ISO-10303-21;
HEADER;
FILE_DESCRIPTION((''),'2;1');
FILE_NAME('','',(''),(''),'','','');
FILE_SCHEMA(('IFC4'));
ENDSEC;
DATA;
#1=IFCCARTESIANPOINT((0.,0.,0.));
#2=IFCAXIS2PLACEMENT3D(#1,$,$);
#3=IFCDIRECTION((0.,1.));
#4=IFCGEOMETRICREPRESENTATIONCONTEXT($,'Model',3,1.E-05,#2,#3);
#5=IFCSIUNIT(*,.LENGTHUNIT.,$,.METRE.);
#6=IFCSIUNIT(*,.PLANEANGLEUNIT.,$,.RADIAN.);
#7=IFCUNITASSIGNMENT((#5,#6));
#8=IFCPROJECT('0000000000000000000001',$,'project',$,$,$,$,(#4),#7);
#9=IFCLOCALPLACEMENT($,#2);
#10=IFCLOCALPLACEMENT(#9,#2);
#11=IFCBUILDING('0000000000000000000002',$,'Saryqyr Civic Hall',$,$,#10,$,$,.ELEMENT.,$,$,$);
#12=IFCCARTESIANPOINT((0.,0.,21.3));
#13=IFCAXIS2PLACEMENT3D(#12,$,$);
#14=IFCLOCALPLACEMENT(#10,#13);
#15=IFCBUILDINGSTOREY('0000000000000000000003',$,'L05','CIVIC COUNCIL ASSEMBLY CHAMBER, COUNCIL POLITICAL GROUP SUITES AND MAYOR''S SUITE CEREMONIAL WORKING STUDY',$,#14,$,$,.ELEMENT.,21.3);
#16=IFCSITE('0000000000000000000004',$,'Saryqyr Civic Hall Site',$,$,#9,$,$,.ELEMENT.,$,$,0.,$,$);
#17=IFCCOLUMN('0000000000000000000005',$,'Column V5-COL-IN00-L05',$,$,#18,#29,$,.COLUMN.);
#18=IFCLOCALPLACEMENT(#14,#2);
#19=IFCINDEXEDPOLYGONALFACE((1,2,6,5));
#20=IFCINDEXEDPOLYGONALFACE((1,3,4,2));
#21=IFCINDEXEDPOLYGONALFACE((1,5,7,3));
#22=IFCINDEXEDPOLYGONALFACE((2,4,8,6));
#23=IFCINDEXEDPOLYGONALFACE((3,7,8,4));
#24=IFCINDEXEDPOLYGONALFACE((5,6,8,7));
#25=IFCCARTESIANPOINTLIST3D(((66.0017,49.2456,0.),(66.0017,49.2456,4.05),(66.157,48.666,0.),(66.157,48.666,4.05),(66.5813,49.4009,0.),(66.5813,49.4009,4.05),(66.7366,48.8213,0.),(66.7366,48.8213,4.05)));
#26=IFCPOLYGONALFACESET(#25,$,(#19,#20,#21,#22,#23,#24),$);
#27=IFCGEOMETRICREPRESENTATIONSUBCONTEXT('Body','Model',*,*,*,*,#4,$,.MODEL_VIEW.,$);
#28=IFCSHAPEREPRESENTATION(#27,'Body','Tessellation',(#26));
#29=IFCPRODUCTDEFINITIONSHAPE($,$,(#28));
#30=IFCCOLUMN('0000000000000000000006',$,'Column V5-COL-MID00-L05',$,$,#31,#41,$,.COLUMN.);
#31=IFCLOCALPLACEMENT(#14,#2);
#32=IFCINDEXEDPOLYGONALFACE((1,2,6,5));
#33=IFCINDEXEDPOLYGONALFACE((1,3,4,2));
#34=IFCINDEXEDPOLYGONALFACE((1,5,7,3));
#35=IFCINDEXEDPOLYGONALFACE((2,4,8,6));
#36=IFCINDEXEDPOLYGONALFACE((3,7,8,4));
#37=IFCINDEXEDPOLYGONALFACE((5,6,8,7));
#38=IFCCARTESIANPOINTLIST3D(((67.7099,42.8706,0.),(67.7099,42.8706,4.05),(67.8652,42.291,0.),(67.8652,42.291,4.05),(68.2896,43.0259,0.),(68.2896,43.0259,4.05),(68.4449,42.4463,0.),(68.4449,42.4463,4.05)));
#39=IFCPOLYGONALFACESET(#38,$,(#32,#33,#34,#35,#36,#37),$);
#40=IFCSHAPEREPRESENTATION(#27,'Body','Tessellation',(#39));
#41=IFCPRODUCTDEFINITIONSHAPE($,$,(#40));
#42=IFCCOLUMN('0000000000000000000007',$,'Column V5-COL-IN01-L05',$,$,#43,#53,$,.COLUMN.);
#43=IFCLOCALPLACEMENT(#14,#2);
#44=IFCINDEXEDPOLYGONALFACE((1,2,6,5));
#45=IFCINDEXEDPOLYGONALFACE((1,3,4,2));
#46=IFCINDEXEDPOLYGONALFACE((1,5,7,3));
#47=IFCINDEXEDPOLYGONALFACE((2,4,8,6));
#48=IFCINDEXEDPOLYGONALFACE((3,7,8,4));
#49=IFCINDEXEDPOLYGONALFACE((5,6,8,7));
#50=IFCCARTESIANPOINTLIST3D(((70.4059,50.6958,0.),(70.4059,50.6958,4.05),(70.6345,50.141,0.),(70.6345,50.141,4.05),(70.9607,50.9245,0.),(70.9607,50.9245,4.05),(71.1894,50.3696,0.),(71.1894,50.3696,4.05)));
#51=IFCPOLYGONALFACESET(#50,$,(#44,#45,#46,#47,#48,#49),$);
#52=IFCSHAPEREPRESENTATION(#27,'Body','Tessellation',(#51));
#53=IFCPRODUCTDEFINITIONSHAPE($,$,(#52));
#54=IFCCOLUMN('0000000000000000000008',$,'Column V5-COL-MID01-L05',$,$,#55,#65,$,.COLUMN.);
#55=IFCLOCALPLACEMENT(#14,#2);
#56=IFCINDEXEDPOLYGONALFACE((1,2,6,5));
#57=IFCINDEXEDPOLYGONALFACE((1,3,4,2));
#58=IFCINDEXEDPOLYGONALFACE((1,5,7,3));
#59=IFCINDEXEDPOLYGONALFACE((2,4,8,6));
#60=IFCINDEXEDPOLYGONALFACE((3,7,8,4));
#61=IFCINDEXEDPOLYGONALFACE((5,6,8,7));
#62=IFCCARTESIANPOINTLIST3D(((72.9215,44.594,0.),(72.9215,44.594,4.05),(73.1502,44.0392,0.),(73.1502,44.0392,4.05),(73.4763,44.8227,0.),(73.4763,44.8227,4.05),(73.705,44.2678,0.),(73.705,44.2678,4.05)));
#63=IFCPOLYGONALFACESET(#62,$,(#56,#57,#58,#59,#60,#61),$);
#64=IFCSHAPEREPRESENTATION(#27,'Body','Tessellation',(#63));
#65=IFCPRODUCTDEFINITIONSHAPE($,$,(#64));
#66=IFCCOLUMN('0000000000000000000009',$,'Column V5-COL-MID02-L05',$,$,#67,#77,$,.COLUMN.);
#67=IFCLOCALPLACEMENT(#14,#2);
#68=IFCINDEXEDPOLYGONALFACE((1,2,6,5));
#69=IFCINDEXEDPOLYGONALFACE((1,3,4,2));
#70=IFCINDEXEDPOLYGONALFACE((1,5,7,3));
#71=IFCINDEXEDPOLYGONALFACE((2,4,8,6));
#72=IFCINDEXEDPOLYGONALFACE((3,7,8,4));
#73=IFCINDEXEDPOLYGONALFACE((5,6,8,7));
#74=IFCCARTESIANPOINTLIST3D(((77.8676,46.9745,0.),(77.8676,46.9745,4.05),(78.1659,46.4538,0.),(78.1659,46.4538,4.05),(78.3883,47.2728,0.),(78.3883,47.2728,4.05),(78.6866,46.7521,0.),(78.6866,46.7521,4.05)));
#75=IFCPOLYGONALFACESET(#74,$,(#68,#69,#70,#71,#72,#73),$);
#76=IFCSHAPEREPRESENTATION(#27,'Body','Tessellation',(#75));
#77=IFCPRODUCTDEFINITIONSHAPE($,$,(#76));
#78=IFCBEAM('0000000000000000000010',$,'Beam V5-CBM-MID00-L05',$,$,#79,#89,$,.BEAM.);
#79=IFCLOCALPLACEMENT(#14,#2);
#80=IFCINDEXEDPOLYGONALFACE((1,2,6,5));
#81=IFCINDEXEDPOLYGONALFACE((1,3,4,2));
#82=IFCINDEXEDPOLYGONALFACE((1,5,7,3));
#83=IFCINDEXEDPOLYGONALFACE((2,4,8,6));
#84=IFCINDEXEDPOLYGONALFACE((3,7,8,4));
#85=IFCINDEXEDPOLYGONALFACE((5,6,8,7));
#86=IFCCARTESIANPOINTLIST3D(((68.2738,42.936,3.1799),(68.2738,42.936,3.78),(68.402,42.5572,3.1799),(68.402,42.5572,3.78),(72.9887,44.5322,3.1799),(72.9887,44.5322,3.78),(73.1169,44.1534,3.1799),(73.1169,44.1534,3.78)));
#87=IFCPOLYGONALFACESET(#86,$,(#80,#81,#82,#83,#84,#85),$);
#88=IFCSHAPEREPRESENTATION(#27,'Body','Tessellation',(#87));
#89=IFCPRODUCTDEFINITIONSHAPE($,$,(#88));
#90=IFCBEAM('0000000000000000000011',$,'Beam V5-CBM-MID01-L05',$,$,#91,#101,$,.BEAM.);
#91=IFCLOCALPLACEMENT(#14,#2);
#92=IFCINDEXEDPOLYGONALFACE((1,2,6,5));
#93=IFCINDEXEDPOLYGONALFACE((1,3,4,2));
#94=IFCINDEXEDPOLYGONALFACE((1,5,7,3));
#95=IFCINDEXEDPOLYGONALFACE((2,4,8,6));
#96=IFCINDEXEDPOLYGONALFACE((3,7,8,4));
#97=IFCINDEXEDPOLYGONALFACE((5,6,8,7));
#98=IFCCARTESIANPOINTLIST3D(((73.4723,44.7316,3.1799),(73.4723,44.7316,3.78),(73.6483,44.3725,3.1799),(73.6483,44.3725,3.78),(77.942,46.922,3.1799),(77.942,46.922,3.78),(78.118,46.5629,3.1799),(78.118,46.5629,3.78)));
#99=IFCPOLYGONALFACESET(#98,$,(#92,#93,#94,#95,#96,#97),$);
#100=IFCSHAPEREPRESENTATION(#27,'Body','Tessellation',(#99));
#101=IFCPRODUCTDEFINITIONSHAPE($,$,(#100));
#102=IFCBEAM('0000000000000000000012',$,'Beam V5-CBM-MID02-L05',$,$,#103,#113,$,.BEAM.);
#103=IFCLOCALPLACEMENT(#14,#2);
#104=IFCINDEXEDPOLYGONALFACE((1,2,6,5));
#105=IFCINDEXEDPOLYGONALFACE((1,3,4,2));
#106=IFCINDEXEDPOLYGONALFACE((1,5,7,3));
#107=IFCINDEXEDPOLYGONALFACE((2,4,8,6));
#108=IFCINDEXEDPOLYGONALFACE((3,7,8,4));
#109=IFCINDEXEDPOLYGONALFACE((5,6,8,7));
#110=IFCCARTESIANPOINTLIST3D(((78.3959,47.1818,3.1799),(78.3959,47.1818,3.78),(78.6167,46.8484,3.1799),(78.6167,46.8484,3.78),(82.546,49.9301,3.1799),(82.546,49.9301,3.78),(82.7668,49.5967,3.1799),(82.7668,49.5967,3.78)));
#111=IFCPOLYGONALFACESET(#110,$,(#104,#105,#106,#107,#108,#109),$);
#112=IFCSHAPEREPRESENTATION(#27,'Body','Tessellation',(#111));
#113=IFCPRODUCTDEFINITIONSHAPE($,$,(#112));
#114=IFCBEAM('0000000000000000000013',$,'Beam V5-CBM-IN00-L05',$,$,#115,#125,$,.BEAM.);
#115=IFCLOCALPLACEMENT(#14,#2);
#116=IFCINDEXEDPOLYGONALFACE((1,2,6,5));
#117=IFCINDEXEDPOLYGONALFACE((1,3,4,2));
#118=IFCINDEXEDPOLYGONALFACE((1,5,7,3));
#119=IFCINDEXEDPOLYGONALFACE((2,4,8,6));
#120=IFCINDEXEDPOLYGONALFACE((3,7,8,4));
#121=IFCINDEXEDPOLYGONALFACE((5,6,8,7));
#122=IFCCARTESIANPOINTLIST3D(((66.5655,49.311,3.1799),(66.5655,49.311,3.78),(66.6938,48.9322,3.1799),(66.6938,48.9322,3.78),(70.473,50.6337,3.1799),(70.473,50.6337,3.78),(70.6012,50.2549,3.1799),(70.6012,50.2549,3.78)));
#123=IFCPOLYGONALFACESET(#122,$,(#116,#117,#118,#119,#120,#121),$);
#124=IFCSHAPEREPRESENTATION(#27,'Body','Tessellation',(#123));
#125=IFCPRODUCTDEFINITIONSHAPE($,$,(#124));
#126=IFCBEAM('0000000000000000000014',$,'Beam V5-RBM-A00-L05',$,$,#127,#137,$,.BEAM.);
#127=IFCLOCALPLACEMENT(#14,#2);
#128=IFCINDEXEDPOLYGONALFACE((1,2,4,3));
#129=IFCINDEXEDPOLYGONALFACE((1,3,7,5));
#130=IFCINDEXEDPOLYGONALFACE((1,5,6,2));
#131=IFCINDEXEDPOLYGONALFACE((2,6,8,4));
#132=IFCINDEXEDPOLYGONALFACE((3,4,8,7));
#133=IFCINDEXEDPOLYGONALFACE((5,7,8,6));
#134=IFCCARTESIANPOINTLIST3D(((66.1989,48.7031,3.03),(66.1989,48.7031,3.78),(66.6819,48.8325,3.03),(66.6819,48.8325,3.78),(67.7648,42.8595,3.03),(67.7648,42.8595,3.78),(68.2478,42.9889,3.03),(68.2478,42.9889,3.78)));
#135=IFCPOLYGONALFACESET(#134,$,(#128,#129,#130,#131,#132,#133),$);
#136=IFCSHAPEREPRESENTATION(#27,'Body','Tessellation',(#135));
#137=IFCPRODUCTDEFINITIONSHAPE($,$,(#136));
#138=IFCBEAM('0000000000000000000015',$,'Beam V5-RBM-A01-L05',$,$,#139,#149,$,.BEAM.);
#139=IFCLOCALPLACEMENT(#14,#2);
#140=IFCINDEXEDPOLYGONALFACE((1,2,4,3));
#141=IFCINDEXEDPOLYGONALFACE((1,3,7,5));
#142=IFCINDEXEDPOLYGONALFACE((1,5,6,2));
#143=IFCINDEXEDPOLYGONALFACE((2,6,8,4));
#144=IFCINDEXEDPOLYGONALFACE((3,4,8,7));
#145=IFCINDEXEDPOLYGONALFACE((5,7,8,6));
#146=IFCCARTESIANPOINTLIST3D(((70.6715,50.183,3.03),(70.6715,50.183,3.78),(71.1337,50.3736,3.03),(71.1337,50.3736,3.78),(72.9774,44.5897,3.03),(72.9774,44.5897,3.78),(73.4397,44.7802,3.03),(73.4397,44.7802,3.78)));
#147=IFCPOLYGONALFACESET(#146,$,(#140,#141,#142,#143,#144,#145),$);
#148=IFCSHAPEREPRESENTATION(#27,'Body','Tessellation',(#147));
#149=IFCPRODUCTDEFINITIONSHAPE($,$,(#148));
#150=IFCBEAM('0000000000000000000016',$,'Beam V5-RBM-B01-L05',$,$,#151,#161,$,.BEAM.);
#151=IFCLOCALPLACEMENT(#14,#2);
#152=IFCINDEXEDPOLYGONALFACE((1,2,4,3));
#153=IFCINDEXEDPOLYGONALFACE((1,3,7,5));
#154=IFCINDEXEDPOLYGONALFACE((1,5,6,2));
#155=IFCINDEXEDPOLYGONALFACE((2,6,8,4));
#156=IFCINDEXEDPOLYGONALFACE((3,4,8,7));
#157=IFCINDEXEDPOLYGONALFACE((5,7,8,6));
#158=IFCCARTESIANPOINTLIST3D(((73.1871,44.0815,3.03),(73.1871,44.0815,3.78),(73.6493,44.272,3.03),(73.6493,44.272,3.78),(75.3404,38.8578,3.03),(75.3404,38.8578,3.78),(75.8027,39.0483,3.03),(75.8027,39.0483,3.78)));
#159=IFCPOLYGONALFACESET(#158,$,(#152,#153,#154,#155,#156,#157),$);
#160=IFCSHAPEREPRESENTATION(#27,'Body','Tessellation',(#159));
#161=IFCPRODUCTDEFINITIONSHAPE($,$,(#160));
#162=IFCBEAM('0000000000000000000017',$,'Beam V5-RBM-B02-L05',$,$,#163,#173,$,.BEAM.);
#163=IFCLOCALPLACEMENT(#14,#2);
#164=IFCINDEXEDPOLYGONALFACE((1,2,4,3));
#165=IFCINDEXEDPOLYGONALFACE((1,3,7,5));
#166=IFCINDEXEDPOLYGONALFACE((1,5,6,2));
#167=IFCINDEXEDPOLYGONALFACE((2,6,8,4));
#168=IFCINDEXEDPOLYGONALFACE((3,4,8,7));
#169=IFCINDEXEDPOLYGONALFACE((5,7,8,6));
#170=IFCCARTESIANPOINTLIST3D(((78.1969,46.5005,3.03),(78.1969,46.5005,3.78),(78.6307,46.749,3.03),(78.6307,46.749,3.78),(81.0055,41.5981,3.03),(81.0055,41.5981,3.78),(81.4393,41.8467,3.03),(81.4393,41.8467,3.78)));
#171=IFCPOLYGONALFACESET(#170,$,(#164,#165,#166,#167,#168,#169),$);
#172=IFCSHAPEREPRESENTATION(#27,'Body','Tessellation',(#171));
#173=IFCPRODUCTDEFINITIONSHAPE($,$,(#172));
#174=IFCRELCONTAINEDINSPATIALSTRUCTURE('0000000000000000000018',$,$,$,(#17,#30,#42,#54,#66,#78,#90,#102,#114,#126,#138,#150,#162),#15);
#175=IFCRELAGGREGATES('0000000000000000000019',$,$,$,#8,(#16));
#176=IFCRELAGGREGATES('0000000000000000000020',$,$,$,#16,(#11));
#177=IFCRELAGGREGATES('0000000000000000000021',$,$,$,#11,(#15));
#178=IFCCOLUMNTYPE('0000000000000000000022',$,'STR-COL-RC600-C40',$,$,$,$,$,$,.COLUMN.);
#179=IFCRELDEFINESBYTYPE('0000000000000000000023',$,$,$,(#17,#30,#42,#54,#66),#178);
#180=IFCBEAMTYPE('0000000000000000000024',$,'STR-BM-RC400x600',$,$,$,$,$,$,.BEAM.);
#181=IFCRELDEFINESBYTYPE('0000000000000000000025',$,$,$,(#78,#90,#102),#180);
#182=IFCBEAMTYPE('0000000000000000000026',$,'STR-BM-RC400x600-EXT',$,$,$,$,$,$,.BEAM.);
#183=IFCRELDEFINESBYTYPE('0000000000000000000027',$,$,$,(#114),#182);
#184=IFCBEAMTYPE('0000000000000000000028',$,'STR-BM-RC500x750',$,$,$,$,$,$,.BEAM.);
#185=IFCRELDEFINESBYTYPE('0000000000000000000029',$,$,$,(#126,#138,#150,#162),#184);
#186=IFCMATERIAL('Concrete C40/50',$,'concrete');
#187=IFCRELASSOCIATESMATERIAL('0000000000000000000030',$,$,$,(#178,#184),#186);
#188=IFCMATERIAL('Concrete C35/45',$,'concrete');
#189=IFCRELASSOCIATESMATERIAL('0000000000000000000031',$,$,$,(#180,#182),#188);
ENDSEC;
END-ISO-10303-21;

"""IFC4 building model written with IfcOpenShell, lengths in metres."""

from ifc_helpers import new_model, si_unit, direction, frame, origin, origin_2d, place, context, subcontext, project, spatial, rectangle, extrude, material, material_profile, profile_set, type_object, element, save


model = new_model("IFC4")

# Units and contexts
model_context = context("Model", 3, precision=1e-05, world=origin(), true_north=direction((0.0, 1.0)))
body_context = subcontext(model_context, "Body", "Model", "MODEL_VIEW")
ifc_project = project(units=[si_unit("LENGTHUNIT", "METRE"), si_unit("PLANEANGLEUNIT", "RADIAN")], contexts=[model_context])

# Site, building, storey
site_placement = place(None, origin())
site = spatial("IfcSite", under=ifc_project, at=site_placement, Name="Saryqyr Civic Hall Site", CompositionType="ELEMENT", RefElevation=0.0)
building_placement = place(site_placement, origin())
building = spatial("IfcBuilding", under=site, at=building_placement, Name="Saryqyr Civic Hall", CompositionType="ELEMENT")
storey_placement = place(building_placement, frame((0.0, 0.0, 21.3)))
storey = spatial("IfcBuildingStorey", under=building, at=storey_placement, Name="L05", Description="CIVIC COUNCIL ASSEMBLY CHAMBER, COUNCIL POLITICAL GROUP SUITES AND MAYOR'S SUITE CEREMONIAL WORKING STUDY", CompositionType="ELEMENT", Elevation=21.3)

# Columns
ifc_material_1 = material(Name="Concrete C40/50", Category="concrete")
ifc_material_profile_1 = material_profile(ifc_material_1, rectangle(XDim=0.6001, YDim=0.6001, at=origin_2d()), Name="RC 600x600")
ifc_profile_set_1 = profile_set([ifc_material_profile_1], Name="Concrete C40/50")
column_type = type_object("IfcColumnType", Name="STR-COL-RC600-C40", PredefinedType="COLUMN", material=ifc_profile_set_1)
for number, where, z_axis, x_axis, name in (
    (1, (66.3691, 49.0334, 0.0), (0.0, 0.0, 1.0), (0.258819, -0.965926, 0.0), "Column V5-COL-IN00-L05"),
    (2, (68.0774, 42.6584, 0.0), (0.0, 0.0, 1.0), (0.258819, -0.965926, 0.0), "Column V5-COL-MID00-L05"),
    (3, (70.7976, 50.5327, 0.0), (0.0, 0.0, 1.0), (0.38107, -0.924546, 0.0), "Column V5-COL-IN01-L05"),
    (4, (73.3132, 44.4309, 0.0), (0.0, 0.0, 1.0), (0.38107, -0.924546, 0.0), "Column V5-COL-MID01-L05"),
    (5, (78.2771, 46.8633, 0.0), (0.0, 0.0, 1.0), (0.497125, -0.867679, 0.0), "Column V5-COL-MID02-L05"),
):
    element("IfcColumn", number, at=place(storey_placement, frame(where, z_axis=z_axis, x_axis=x_axis)), inside=storey, type_object=column_type, Name=name, PredefinedType="COLUMN", context=body_context, shape_type="SweptSolid", body=[
        extrude(rectangle(XDim=0.6001, YDim=0.6001, at=origin_2d()), origin(), (0.0, 0.0, 1.0), 4.05),
    ])

# Beams
ifc_material_2 = material(Name="Concrete C35/45", Category="concrete")
ifc_material_profile_2 = material_profile(ifc_material_2, rectangle(XDim=0.3999, YDim=0.6001, at=origin_2d()), Name="RC 400x600")
ifc_profile_set_2 = profile_set([ifc_material_profile_2], Name="Concrete C35/45")
beam_type_1 = type_object("IfcBeamType", Name="STR-BM-RC400x600", PredefinedType="BEAM", material=ifc_profile_set_2)
beam_1_placement = place(storey_placement, frame((68.3379, 42.7466, 3.48), z_axis=(0.947192, 0.320668, 0.0), x_axis=(-0.320668, 0.947192, 0.0)))
element("IfcBeam", 6, at=beam_1_placement, inside=storey, type_object=beam_type_1, Name="Beam V5-CBM-MID00-L05", PredefinedType="BEAM", context=body_context, shape_type="SweptSolid", body=[
    extrude(rectangle(XDim=0.3999, YDim=0.6001, at=origin_2d()), origin(), (0.0, 0.0, 1.0), 4.9778),
])
for number, where, z_axis, x_axis, name in (
    (7, (73.5603, 44.552, 3.48), (0.897969, 0.440058, 0.0), (-0.440058, 0.897969, 0.0), "Beam V5-CBM-MID01-L05"),
    (8, (78.5063, 47.0151, 3.48), (0.833759, 0.552128, 0.0), (-0.552128, 0.833759, 0.0), "Beam V5-CBM-MID02-L05"),
):
    element("IfcBeam", number, at=place(storey_placement, frame(where, z_axis=z_axis, x_axis=x_axis)), inside=storey, type_object=beam_type_1, Name=name, PredefinedType="BEAM", context=body_context, shape_type="SweptSolid", body=[
        extrude(rectangle(XDim=0.3999, YDim=0.6001, at=origin_2d()), origin(), (0.0, 0.0, 1.0), 4.9775),
    ])
ifc_material_profile_3 = material_profile(ifc_material_2, rectangle(XDim=0.3999, YDim=0.6001, at=origin_2d()), Name="RC 400x600")
ifc_profile_set_3 = profile_set([ifc_material_profile_3], Name="Concrete C35/45")
beam_type_2 = type_object("IfcBeamType", Name="STR-BM-RC400x600-EXT", PredefinedType="BEAM", material=ifc_profile_set_3)
beam_2_placement = place(storey_placement, frame((66.6296, 49.1216, 3.48), z_axis=(0.947199, 0.320645, 0.0), x_axis=(-0.320645, 0.947199, 0.0)))
element("IfcBeam", 9, at=beam_2_placement, inside=storey, type_object=beam_type_2, Name="Beam V5-CBM-IN00-L05", PredefinedType="BEAM", context=body_context, shape_type="SweptSolid", body=[
    extrude(rectangle(XDim=0.3999, YDim=0.6001, at=origin_2d()), origin(), (0.0, 0.0, 1.0), 4.1252),
])
ifc_material_profile_4 = material_profile(ifc_material_1, rectangle(XDim=0.5, YDim=0.75, at=origin_2d()), Name="RC 500x750")
ifc_profile_set_4 = profile_set([ifc_material_profile_4], Name="Concrete C40/50")
beam_type_3 = type_object("IfcBeamType", Name="STR-BM-RC500x750", PredefinedType="BEAM", material=ifc_profile_set_4)
beam_3_placement = place(storey_placement, frame((66.4404, 48.7678, 3.405), z_axis=(0.258833, -0.965922, 0.0), x_axis=(0.965922, 0.258833, 0.0)))
element("IfcBeam", 10, at=beam_3_placement, inside=storey, type_object=beam_type_3, Name="Beam V5-RBM-A00-L05", PredefinedType="BEAM", context=body_context, shape_type="SweptSolid", body=[
    extrude(rectangle(XDim=0.5, YDim=0.75, at=origin_2d()), origin(), (0.0, 0.0, 1.0), 6.0498),
])
beam_4_placement = place(storey_placement, frame((70.9026, 50.2783, 3.405), z_axis=(0.381146, -0.924515, 0.0), x_axis=(0.924515, 0.381146, 0.0)))
element("IfcBeam", 11, at=beam_4_placement, inside=storey, type_object=beam_type_3, Name="Beam V5-RBM-A01-L05", PredefinedType="BEAM", context=body_context, shape_type="SweptSolid", body=[
    extrude(rectangle(XDim=0.5, YDim=0.75, at=origin_2d()), origin(), (0.0, 0.0, 1.0), 6.05),
])
beam_5_placement = place(storey_placement, frame((73.4182, 44.1768, 3.405), z_axis=(0.381115, -0.924528, 0.0), x_axis=(0.924528, 0.381115, 0.0)))
element("IfcBeam", 12, at=beam_5_placement, inside=storey, type_object=beam_type_3, Name="Beam V5-RBM-B01-L05", PredefinedType="BEAM", context=body_context, shape_type="SweptSolid", body=[
    extrude(rectangle(XDim=0.5, YDim=0.75, at=origin_2d()), origin(), (0.0, 0.0, 1.0), 5.6501),
])
beam_6_placement = place(storey_placement, frame((78.4138, 46.6248, 3.405), z_axis=(0.497107, -0.867689, 0.0), x_axis=(0.867689, 0.497107, 0.0)))
element("IfcBeam", 13, at=beam_6_placement, inside=storey, type_object=beam_type_3, Name="Beam V5-RBM-B02-L05", PredefinedType="BEAM", context=body_context, shape_type="SweptSolid", body=[
    extrude(rectangle(XDim=0.5, YDim=0.75, at=origin_2d()), origin(), (0.0, 0.0, 1.0), 5.6499),
])

save(model, "model.ifc")
